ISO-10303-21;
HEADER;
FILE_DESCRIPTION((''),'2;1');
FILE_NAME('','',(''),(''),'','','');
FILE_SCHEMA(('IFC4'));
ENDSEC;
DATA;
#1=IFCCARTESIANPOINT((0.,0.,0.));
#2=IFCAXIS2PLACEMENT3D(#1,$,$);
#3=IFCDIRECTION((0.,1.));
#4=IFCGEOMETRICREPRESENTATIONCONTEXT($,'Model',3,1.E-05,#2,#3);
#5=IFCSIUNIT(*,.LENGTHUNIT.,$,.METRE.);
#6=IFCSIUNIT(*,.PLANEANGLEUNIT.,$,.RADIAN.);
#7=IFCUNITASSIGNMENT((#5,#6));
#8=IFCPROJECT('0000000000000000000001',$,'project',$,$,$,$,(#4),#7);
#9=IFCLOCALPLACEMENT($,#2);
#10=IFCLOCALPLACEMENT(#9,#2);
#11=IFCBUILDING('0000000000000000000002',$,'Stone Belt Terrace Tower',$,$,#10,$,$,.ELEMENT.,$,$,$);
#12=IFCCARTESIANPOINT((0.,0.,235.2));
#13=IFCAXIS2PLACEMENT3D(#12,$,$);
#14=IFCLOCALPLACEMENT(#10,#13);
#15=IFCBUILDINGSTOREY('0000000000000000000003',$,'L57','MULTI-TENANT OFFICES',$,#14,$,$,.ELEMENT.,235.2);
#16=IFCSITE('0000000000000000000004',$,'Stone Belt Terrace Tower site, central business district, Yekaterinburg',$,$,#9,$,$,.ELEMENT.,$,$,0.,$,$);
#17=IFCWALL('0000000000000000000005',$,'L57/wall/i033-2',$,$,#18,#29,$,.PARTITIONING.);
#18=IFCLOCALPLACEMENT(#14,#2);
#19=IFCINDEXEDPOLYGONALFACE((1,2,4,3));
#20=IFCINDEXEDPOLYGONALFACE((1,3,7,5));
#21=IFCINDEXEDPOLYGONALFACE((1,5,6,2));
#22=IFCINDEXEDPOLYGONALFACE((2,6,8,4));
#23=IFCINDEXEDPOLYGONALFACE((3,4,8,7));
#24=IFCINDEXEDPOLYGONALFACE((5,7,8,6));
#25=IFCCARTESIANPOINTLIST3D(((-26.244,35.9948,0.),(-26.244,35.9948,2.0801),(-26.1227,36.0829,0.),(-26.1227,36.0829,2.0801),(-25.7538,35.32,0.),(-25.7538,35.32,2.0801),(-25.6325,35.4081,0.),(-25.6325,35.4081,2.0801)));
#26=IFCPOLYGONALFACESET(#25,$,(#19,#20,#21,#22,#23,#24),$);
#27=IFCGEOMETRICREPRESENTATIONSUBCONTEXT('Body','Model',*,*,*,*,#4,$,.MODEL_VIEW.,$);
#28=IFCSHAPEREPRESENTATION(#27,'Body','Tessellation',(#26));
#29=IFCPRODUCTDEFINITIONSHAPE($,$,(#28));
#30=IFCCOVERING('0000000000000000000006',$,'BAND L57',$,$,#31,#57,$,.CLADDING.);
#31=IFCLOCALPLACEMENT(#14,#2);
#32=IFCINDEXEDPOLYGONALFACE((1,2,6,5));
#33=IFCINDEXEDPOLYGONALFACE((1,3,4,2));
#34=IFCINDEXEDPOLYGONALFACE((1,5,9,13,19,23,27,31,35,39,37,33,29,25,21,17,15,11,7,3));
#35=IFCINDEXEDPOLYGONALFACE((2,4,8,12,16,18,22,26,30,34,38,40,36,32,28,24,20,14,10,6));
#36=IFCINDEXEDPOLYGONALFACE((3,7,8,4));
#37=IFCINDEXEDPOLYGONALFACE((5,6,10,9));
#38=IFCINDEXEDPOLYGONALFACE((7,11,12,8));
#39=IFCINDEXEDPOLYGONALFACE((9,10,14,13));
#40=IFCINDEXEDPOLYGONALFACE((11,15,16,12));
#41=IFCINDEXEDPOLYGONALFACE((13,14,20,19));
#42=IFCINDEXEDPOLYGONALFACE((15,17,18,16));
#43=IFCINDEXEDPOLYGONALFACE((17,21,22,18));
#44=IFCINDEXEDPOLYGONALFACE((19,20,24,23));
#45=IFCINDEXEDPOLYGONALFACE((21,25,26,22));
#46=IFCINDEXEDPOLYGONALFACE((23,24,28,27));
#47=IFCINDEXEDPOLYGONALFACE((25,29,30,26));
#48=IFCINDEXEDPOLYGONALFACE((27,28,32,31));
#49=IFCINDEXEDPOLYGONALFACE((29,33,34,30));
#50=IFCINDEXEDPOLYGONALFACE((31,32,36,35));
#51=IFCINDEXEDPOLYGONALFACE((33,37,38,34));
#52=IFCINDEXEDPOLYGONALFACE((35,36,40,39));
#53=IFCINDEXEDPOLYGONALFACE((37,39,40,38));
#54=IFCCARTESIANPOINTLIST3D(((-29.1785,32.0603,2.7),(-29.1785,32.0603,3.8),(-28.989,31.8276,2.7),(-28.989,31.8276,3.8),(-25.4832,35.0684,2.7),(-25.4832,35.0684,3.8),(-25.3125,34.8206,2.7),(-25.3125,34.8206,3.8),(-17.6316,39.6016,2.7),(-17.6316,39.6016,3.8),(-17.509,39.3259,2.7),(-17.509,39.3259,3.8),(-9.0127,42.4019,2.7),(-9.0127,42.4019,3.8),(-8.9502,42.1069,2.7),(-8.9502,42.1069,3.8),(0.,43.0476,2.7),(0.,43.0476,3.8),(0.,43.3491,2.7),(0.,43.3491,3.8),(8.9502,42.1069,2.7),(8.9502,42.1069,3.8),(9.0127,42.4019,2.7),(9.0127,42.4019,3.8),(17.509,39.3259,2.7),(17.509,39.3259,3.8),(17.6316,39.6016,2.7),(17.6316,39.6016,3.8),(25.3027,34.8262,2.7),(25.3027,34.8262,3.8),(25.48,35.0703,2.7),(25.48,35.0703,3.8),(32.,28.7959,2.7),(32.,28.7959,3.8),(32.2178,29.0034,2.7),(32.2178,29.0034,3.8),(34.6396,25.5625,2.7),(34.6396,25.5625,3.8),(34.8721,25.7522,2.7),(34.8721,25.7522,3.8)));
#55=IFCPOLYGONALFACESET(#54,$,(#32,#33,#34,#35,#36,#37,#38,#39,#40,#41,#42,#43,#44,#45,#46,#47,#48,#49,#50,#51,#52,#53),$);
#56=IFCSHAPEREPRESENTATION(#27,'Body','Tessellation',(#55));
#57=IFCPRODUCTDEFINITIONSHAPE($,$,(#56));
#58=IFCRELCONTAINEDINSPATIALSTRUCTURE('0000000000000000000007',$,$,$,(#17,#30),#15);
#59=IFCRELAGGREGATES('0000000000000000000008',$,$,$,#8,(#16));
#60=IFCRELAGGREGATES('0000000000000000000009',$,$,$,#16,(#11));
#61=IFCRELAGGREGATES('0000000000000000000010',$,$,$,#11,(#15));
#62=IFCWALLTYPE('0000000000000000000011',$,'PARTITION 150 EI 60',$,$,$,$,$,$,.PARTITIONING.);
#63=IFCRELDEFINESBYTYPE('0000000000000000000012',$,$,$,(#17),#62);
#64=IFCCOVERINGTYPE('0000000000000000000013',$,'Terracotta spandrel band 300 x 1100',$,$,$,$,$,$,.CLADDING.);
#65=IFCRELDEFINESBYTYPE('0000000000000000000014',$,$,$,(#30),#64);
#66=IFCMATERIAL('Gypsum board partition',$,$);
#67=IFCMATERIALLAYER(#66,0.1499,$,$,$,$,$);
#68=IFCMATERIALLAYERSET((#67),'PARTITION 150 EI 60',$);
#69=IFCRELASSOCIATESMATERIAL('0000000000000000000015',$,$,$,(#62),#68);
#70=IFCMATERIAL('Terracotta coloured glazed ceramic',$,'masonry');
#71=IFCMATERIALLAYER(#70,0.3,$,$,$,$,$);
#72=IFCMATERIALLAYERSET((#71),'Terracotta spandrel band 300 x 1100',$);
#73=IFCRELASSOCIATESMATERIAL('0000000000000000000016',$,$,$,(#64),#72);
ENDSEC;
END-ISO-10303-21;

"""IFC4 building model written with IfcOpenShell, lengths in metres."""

from ifc_helpers import new_model, si_unit, direction, frame, frame_2d, origin, place, context, subcontext, project, spatial, polyline, rectangle, outline, extrude, material, layer, layer_set, type_object, element, save


model = new_model("IFC4")

# Units and contexts
model_context = context("Model", 3, precision=1e-05, world=origin(), true_north=direction((0.0, 1.0)))
body_context = subcontext(model_context, "Body", "Model", "MODEL_VIEW")
ifc_project = project(units=[si_unit("LENGTHUNIT", "METRE"), si_unit("PLANEANGLEUNIT", "RADIAN")], contexts=[model_context])

# Site, building, storey
site_placement = place(None, origin())
site = spatial("IfcSite", under=ifc_project, at=site_placement, Name="Stone Belt Terrace Tower site, central business district, Yekaterinburg", CompositionType="ELEMENT", RefElevation=0.0)
building_placement = place(site_placement, origin())
building = spatial("IfcBuilding", under=site, at=building_placement, Name="Stone Belt Terrace Tower", CompositionType="ELEMENT")
storey_placement = place(building_placement, frame((0.0, 0.0, 235.2)))
storey = spatial("IfcBuildingStorey", under=building, at=storey_placement, Name="L57", Description="MULTI-TENANT OFFICES", CompositionType="ELEMENT", Elevation=235.2)

# Shared definitions
ifc_material_1 = material(Name="Gypsum board partition")
ifc_layer_1 = layer(ifc_material_1, 0.1499)
ifc_layer_set_1 = layer_set([ifc_layer_1], Name="PARTITION 150 EI 60")
wall_type = type_object("IfcWallType", Name="PARTITION 150 EI 60", PredefinedType="PARTITIONING", material=ifc_layer_set_1)

# Wall
wall_1_placement = place(storey_placement, frame((-26.1833, 36.0388, 0.0), z_axis=(0.0, 0.0, 1.0), x_axis=(0.587754, -0.80904, 0.0)))
element("IfcWall", 1, at=wall_1_placement, inside=storey, type_object=wall_type, Name="L57/wall/i033-2", PredefinedType="PARTITIONING", context=body_context, shape_type="SweptSolid", body=[
    extrude(rectangle(XDim=0.834, YDim=0.1499, at=frame_2d((0.417, 0.0))), origin(), (0.0, 0.0, 1.0), 2.0801),
])

# Covering
ifc_material_2 = material(Name="Terracotta coloured glazed ceramic", Category="masonry")
ifc_layer_2 = layer(ifc_material_2, 0.3)
ifc_layer_set_2 = layer_set([ifc_layer_2], Name="Terracotta spandrel band 300 x 1100")
covering_type = type_object("IfcCoveringType", Name="Terracotta spandrel band 300 x 1100", PredefinedType="CLADDING", material=ifc_layer_set_2)
covering_placement = place(storey_placement, frame((0.0, 0.0, 2.7)))
element("IfcCovering", 2, at=covering_placement, inside=storey, type_object=covering_type, Name="BAND L57", PredefinedType="CLADDING", context=body_context, shape_type="SweptSolid", body=[
    extrude(outline(polyline([(-29.1785, 32.0603), (-25.4832, 35.0684), (-17.6316, 39.6016), (-9.0127, 42.4019), (0.0, 43.3491), (9.0127, 42.4019), (17.6316, 39.6016), (25.48, 35.0703), (32.2178, 29.0034), (34.8721, 25.7522), (34.6396, 25.5625), (32.0, 28.7959), (25.3027, 34.8262), (17.509, 39.3259), (8.9502, 42.1069), (0.0, 43.0476), (-8.9502, 42.1069), (-17.509, 39.3259), (-25.3125, 34.8206), (-28.989, 31.8276), (-29.1785, 32.0603)])), origin(), (0.0, 0.0, 1.0), 1.1001),
])

save(model, "model.ifc")
